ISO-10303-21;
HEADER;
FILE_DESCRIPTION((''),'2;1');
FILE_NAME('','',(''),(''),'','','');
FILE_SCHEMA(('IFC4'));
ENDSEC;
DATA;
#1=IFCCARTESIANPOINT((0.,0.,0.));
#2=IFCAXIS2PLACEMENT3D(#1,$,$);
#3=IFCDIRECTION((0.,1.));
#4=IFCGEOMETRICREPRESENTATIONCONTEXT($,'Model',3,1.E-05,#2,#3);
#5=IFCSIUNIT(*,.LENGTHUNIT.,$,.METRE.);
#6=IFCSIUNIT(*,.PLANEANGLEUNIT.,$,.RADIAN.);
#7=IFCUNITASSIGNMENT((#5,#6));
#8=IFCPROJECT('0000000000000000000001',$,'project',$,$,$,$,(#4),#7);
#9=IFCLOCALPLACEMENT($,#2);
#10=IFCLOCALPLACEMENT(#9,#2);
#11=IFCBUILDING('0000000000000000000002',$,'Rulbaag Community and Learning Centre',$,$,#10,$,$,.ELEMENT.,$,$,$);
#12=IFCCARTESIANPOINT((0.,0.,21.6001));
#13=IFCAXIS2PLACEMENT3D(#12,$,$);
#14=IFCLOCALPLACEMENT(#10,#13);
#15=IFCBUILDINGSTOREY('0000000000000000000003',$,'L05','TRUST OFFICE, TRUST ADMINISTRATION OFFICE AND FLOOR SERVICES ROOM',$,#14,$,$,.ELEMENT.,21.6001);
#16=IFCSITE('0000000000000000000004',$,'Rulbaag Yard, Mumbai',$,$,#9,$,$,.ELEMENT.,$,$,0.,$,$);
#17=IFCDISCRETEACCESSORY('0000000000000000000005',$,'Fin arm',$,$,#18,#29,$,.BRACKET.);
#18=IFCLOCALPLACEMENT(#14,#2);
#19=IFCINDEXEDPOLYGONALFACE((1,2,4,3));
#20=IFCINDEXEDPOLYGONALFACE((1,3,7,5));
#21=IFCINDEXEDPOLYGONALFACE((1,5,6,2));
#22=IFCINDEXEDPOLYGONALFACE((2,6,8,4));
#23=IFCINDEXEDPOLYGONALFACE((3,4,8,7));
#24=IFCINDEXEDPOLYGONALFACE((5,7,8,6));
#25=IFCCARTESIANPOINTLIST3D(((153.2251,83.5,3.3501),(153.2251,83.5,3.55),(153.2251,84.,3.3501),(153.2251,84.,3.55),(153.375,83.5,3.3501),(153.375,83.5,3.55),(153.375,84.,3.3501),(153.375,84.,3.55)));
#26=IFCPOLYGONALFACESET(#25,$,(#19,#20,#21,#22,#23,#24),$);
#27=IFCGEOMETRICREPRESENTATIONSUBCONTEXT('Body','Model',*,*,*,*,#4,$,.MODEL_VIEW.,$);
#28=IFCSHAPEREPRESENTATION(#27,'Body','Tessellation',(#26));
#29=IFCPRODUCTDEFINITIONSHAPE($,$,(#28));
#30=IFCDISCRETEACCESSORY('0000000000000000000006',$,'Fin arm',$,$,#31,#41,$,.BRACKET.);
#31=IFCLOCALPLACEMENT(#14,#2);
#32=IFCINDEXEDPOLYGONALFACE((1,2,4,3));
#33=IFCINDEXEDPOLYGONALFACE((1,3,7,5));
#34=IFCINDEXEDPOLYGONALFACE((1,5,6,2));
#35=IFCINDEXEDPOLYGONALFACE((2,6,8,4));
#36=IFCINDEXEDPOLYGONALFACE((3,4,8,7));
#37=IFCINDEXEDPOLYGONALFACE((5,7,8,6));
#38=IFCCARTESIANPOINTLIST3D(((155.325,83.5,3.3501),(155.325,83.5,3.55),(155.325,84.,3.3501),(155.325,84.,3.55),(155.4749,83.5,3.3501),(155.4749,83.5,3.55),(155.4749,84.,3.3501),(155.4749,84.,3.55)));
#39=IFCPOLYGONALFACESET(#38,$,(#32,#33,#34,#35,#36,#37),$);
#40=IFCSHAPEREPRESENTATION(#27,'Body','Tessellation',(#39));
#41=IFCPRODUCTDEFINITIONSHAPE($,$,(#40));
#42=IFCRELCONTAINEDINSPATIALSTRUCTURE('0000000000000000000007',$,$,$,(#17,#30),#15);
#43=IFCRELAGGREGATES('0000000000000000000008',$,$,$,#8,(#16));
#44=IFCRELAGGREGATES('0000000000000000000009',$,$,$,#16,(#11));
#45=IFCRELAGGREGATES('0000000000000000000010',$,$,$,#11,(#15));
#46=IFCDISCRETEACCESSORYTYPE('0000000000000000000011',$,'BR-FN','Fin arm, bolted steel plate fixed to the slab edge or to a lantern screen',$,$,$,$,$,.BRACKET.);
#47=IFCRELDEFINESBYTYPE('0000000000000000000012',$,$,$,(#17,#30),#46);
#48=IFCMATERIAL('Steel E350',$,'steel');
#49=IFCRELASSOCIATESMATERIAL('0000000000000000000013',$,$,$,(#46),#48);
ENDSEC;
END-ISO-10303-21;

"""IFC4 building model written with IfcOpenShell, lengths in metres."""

from ifc_helpers import new_model, si_unit, direction, frame, origin, origin_2d, place, context, subcontext, project, spatial, rectangle, extrude, material, type_object, element, save


model = new_model("IFC4")

# Units and contexts
model_context = context("Model", 3, precision=1e-05, world=origin(), true_north=direction((0.0, 1.0)))
body_context = subcontext(model_context, "Body", "Model", "MODEL_VIEW")
ifc_project = project(units=[si_unit("LENGTHUNIT", "METRE"), si_unit("PLANEANGLEUNIT", "RADIAN")], contexts=[model_context])

# Site, building, storey
site_placement = place(None, origin())
site = spatial("IfcSite", under=ifc_project, at=site_placement, Name="Rulbaag Yard, Mumbai", CompositionType="ELEMENT", RefElevation=0.0)
building_placement = place(site_placement, origin())
building = spatial("IfcBuilding", under=site, at=building_placement, Name="Rulbaag Community and Learning Centre", CompositionType="ELEMENT")
storey_placement = place(building_placement, frame((0.0, 0.0, 21.6001)))
storey = spatial("IfcBuildingStorey", under=building, at=storey_placement, Name="L05", Description="TRUST OFFICE, TRUST ADMINISTRATION OFFICE AND FLOOR SERVICES ROOM", CompositionType="ELEMENT", Elevation=21.6001)

# Discrete accessories
ifc_material_1 = material(Name="Steel E350", Category="steel")
discrete_accessory_type = type_object("IfcDiscreteAccessoryType", Name="BR-FN", Description="Fin arm, bolted steel plate fixed to the slab edge or to a lantern screen", PredefinedType="BRACKET", material=ifc_material_1)
for number, where, z_axis, x_axis, name in (
    (1, (153.3, 83.75, 3.3501), (0.0, 0.0, 1.0), (1.0, 0.0, 0.0), "Fin arm"),
    (2, (155.3999, 83.75, 3.3501), (0.0, 0.0, 1.0), (1.0, 0.0, 0.0), "Fin arm"),
):
    element("IfcDiscreteAccessory", number, at=place(storey_placement, frame(where, z_axis=z_axis, x_axis=x_axis)), inside=storey, type_object=discrete_accessory_type, Name=name, PredefinedType="BRACKET", context=body_context, shape_type="SweptSolid", body=[
        extrude(rectangle(XDim=0.1499, YDim=0.5, at=origin_2d()), origin(), (0.0, 0.0, 1.0), 0.2),
    ])

save(model, "model.ifc")
